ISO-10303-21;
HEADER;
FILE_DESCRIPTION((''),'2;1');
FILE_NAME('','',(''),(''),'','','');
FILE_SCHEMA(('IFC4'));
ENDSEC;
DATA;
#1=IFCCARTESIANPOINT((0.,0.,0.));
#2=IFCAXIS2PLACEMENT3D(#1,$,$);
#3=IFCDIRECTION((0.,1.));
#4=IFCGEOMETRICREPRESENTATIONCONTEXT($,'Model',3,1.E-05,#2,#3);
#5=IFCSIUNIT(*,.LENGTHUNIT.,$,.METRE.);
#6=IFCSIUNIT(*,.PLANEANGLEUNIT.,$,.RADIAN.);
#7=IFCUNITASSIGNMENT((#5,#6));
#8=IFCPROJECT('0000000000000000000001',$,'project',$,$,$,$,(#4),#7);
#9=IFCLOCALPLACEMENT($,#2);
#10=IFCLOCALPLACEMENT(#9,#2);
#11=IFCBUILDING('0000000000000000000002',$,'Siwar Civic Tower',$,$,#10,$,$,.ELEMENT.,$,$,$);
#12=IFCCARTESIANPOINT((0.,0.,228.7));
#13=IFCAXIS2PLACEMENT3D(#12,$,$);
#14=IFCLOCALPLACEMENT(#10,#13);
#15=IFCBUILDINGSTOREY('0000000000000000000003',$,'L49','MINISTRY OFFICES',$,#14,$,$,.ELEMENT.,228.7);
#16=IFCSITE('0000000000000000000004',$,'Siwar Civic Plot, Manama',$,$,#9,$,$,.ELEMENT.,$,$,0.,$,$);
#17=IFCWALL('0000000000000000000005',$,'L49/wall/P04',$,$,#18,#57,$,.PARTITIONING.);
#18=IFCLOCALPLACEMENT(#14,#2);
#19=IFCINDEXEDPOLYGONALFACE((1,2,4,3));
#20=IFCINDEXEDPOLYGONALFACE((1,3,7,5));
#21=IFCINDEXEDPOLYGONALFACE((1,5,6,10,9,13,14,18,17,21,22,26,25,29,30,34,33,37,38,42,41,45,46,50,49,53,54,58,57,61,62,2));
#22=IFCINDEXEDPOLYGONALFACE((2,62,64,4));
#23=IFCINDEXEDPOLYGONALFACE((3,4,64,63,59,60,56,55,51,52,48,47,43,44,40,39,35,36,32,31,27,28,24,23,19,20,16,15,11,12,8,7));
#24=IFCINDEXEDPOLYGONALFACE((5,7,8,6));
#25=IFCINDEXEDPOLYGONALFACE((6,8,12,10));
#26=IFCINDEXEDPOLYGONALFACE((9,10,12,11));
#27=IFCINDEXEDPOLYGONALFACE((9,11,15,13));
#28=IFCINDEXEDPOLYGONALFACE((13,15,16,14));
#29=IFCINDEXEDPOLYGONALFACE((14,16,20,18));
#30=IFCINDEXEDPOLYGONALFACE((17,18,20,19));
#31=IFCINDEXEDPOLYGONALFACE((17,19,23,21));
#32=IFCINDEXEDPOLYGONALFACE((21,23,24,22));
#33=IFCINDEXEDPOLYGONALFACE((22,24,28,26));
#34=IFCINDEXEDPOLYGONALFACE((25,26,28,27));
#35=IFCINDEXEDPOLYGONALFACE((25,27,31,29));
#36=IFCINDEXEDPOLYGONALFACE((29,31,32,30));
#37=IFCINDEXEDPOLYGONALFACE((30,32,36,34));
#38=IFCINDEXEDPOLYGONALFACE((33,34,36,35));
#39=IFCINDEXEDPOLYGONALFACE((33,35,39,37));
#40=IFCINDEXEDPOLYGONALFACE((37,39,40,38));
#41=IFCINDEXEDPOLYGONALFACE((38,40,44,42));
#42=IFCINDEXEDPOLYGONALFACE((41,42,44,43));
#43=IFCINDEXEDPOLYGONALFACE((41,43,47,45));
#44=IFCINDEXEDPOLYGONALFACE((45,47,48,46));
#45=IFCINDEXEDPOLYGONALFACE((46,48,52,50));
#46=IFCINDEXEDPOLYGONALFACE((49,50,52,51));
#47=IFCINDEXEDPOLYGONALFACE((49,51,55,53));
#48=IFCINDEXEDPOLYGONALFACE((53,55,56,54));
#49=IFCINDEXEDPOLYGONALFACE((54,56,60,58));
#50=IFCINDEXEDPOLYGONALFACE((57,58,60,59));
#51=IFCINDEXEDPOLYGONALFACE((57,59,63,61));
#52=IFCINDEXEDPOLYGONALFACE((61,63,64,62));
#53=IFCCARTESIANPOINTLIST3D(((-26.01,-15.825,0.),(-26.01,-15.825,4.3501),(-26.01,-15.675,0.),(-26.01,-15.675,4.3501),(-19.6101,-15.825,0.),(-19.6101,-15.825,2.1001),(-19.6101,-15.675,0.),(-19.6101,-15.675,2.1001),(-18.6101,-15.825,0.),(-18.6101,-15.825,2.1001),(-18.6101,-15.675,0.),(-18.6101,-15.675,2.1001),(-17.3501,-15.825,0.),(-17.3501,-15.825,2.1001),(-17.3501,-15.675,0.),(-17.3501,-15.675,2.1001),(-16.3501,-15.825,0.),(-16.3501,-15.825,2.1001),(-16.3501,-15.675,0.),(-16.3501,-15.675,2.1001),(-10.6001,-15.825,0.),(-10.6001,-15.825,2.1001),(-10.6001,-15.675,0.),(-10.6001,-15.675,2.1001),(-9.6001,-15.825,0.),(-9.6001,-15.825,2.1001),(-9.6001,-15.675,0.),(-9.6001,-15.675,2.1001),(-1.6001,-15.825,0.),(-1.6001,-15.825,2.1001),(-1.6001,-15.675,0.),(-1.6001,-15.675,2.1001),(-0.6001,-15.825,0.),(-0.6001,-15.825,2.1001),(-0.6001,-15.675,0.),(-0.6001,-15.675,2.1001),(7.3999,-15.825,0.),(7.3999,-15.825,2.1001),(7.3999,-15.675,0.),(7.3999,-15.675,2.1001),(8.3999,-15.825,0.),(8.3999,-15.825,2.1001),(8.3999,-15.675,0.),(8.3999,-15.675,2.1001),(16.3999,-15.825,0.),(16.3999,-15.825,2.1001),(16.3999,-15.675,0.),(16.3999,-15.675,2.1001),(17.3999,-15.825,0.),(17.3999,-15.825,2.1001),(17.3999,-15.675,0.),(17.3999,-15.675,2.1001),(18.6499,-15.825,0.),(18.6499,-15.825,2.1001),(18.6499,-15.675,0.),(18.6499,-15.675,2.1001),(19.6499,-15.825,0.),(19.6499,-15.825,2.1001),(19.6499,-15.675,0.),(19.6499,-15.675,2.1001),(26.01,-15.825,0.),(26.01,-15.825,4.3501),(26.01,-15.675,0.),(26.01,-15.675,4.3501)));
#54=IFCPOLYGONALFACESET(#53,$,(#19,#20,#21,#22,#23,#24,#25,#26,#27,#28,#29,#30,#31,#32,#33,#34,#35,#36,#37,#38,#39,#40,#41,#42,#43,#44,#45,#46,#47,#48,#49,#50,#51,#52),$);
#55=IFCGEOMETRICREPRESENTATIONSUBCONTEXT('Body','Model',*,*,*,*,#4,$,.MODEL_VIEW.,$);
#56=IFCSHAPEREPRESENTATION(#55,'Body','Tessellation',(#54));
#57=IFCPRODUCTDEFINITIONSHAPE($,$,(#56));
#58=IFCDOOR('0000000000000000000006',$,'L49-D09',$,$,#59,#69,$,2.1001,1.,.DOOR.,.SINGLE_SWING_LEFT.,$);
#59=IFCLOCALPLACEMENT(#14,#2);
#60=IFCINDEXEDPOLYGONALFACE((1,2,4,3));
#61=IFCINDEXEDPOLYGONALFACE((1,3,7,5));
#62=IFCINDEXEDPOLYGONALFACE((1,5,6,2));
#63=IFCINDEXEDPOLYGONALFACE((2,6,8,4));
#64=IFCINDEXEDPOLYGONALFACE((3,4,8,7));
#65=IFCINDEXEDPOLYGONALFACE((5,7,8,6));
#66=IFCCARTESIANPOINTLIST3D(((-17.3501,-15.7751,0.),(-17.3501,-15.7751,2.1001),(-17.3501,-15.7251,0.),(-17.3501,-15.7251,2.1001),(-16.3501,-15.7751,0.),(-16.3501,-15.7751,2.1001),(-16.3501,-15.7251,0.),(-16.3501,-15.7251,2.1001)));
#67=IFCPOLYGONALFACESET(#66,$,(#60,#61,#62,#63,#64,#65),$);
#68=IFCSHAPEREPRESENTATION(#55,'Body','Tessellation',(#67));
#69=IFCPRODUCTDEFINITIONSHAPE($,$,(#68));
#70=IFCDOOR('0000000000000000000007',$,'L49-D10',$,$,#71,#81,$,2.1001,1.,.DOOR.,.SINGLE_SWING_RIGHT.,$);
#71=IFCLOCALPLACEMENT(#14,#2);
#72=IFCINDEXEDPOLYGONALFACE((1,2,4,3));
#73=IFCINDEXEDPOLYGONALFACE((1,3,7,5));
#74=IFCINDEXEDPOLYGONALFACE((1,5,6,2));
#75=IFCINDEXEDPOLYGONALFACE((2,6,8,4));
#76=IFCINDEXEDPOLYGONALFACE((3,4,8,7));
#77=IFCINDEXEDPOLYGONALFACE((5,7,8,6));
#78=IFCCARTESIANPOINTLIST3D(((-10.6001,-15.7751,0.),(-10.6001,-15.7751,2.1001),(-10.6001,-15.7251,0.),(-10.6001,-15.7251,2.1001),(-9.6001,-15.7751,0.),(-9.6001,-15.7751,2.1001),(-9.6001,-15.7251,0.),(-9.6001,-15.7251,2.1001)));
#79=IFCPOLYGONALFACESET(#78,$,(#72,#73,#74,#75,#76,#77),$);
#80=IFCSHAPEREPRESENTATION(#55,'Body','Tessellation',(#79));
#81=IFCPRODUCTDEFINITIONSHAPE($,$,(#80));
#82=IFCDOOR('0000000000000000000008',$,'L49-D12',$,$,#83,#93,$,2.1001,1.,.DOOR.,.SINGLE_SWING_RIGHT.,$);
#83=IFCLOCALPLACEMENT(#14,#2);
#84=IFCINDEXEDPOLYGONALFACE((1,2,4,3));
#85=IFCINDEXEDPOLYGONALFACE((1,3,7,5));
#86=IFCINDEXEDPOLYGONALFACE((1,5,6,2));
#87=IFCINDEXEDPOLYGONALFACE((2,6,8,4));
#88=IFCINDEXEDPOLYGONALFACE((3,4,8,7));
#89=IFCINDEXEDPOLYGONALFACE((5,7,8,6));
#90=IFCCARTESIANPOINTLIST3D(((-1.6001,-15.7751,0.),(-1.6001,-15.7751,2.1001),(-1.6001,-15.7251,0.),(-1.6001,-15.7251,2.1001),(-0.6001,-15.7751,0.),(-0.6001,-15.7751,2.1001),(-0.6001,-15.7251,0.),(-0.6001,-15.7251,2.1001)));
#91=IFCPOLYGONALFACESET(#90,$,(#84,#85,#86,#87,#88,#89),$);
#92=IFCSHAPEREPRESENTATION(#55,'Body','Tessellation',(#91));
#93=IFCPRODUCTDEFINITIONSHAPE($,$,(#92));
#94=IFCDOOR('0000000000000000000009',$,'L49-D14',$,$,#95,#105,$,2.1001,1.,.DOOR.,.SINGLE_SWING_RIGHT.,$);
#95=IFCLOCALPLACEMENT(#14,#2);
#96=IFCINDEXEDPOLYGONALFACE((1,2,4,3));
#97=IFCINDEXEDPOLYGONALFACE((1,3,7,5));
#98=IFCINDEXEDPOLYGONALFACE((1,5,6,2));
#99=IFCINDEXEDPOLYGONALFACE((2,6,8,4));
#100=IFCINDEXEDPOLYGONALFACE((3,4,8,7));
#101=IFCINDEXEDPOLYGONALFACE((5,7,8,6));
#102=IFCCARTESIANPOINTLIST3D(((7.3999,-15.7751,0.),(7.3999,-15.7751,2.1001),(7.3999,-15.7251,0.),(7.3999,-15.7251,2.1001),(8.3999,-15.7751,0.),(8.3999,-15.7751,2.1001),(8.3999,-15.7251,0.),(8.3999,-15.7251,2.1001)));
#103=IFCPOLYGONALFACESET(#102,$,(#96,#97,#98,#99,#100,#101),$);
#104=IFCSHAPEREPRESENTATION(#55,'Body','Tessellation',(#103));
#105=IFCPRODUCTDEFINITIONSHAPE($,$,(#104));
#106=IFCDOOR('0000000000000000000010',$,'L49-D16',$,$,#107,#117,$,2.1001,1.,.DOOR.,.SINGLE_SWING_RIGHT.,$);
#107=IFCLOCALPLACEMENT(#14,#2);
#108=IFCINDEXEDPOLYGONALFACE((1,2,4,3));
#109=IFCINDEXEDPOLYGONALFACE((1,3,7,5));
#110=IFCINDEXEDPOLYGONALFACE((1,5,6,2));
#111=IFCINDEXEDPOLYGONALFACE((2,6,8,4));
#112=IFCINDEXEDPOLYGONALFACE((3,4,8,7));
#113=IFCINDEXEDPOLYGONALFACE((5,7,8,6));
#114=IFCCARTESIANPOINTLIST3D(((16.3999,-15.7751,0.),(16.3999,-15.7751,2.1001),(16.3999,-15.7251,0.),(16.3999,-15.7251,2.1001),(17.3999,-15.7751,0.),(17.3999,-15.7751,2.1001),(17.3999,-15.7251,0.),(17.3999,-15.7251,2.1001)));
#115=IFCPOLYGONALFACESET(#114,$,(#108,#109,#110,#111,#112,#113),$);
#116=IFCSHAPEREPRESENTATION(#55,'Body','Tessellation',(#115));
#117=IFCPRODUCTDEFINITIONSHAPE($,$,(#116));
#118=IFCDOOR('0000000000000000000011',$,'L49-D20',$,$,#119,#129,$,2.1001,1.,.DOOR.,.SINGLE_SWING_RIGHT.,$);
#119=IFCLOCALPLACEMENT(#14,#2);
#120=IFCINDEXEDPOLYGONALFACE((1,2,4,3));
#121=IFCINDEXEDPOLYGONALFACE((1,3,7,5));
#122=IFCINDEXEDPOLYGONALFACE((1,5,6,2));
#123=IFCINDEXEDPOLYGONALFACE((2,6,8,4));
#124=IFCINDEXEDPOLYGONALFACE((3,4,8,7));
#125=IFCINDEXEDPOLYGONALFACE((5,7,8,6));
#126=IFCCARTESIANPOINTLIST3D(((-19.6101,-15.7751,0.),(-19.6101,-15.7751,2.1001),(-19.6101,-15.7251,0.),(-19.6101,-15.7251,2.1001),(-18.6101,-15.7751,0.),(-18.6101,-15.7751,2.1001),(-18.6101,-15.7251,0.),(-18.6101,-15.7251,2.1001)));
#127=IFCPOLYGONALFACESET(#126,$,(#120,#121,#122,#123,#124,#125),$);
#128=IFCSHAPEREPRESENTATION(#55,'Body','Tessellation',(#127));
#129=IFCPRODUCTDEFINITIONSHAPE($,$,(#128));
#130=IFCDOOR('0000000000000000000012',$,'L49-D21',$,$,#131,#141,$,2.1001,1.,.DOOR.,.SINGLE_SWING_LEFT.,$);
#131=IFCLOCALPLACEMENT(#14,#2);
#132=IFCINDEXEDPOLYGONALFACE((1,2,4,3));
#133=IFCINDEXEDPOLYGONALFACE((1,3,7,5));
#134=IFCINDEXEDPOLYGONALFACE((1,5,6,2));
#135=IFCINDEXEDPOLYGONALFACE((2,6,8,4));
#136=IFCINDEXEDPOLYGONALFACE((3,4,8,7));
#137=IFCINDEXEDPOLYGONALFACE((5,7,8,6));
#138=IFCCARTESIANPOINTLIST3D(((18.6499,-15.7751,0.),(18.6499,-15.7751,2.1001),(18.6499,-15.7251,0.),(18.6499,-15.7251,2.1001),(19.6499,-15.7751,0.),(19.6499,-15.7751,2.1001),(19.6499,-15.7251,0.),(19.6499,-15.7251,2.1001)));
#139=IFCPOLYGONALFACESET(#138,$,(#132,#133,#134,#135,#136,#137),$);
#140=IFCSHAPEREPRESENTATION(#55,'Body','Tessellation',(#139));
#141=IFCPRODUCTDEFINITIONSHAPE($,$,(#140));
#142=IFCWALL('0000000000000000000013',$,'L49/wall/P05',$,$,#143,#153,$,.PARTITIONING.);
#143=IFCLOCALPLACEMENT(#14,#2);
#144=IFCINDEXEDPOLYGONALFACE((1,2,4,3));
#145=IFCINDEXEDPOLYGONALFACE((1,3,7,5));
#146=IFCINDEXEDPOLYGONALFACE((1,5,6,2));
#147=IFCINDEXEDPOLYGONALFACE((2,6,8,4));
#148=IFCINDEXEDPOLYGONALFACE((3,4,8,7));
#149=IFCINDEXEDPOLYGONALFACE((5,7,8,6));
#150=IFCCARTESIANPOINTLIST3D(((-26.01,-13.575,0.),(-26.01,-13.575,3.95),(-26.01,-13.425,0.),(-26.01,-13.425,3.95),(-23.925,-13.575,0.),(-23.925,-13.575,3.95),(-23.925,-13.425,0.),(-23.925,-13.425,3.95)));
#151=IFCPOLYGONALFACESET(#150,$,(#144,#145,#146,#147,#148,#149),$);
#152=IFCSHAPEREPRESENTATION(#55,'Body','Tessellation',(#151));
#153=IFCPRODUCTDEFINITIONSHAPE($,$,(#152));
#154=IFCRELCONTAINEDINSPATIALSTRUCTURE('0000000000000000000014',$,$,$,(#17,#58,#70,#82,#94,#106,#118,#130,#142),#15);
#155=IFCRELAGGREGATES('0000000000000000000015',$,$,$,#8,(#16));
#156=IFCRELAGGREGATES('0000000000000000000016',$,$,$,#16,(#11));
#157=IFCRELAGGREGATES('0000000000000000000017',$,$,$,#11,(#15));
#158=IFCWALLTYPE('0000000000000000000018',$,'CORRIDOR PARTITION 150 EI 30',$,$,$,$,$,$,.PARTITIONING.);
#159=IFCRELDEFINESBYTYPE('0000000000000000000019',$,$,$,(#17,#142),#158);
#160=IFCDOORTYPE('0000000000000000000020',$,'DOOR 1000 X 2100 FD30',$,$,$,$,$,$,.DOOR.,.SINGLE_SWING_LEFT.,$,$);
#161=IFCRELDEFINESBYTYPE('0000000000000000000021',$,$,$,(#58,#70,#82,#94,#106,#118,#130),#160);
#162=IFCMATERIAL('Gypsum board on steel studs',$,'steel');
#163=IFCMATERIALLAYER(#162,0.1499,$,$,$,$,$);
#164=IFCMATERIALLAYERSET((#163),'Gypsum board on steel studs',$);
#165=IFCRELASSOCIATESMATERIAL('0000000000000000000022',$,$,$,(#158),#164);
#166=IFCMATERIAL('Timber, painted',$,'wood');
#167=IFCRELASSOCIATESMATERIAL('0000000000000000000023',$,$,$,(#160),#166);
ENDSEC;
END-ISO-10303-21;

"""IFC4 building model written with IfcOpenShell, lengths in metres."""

from ifc_helpers import new_model, si_unit, direction, frame, frame_2d, origin, place, context, subcontext, project, spatial, rectangle, extrude, material, layer, layer_set, type_object, element, fill, save


model = new_model("IFC4")

# Units and contexts
model_context = context("Model", 3, precision=1e-05, world=origin(), true_north=direction((0.0, 1.0)))
body_context = subcontext(model_context, "Body", "Model", "MODEL_VIEW")
ifc_project = project(units=[si_unit("LENGTHUNIT", "METRE"), si_unit("PLANEANGLEUNIT", "RADIAN")], contexts=[model_context])

# Site, building, storey
site_placement = place(None, origin())
site = spatial("IfcSite", under=ifc_project, at=site_placement, Name="Siwar Civic Plot, Manama", CompositionType="ELEMENT", RefElevation=0.0)
building_placement = place(site_placement, origin())
building = spatial("IfcBuilding", under=site, at=building_placement, Name="Siwar Civic Tower", CompositionType="ELEMENT")
storey_placement = place(building_placement, frame((0.0, 0.0, 228.7)))
storey = spatial("IfcBuildingStorey", under=building, at=storey_placement, Name="L49", Description="MINISTRY OFFICES", CompositionType="ELEMENT", Elevation=228.7)

# Wall, openings, doors
ifc_material_1 = material(Name="Gypsum board on steel studs", Category="steel")
ifc_layer_1 = layer(ifc_material_1, 0.1499)
ifc_layer_set_1 = layer_set([ifc_layer_1], Name="Gypsum board on steel studs")
wall_type_1 = type_object("IfcWallType", Name="CORRIDOR PARTITION 150 EI 30", PredefinedType="PARTITIONING", material=ifc_layer_set_1)
wall_1_placement = place(storey_placement, frame((-26.01, -15.75, 0.0), z_axis=(0.0, 0.0, 1.0), x_axis=(1.0, 0.0, 0.0)))
wall_1 = element("IfcWall", 1, at=wall_1_placement, inside=storey, type_object=wall_type_1, Name="L49/wall/P04", PredefinedType="PARTITIONING", context=body_context, shape_type="SweptSolid", body=[
    extrude(rectangle(XDim=52.02, YDim=0.1499, at=frame_2d((26.01, 0.0))), origin(), (0.0, 0.0, 1.0), 4.3501),
])
opening_1_placement = place(wall_1_placement, frame((8.6599, 0.0, 0.0)))
opening_1 = element("IfcOpeningElement", 2, at=opening_1_placement, cuts=wall_1, PredefinedType="OPENING", context=body_context, shape_type="SweptSolid", body=[
    extrude(rectangle(XDim=1.0, YDim=2.1001, at=frame_2d((0.5, 1.05))), frame((0.0, 0.085, 0.0), z_axis=(0.0, -1.0, 0.0), x_axis=(1.0, 0.0, 0.0)), (0.0, 0.0, 1.0), 0.1699),
])
opening_2_placement = place(wall_1_placement, frame((15.4099, 0.0, 0.0)))
opening_2 = element("IfcOpeningElement", 3, at=opening_2_placement, cuts=wall_1, PredefinedType="OPENING", context=body_context, shape_type="SweptSolid", body=[
    extrude(rectangle(XDim=1.0, YDim=2.1001, at=frame_2d((0.5, 1.05))), frame((0.0, 0.085, 0.0), z_axis=(0.0, -1.0, 0.0), x_axis=(1.0, 0.0, 0.0)), (0.0, 0.0, 1.0), 0.1699),
])
opening_3_placement = place(wall_1_placement, frame((24.4099, 0.0, 0.0)))
opening_3 = element("IfcOpeningElement", 4, at=opening_3_placement, cuts=wall_1, PredefinedType="OPENING", context=body_context, shape_type="SweptSolid", body=[
    extrude(rectangle(XDim=1.0, YDim=2.1001, at=frame_2d((0.5, 1.05))), frame((0.0, 0.085, 0.0), z_axis=(0.0, -1.0, 0.0), x_axis=(1.0, 0.0, 0.0)), (0.0, 0.0, 1.0), 0.1699),
])
opening_4_placement = place(wall_1_placement, frame((33.4099, 0.0, 0.0)))
opening_4 = element("IfcOpeningElement", 5, at=opening_4_placement, cuts=wall_1, PredefinedType="OPENING", context=body_context, shape_type="SweptSolid", body=[
    extrude(rectangle(XDim=1.0, YDim=2.1001, at=frame_2d((0.5, 1.05))), frame((0.0, 0.085, 0.0), z_axis=(0.0, -1.0, 0.0), x_axis=(1.0, 0.0, 0.0)), (0.0, 0.0, 1.0), 0.1699),
])
opening_5_placement = place(wall_1_placement, frame((42.4099, 0.0, 0.0)))
opening_5 = element("IfcOpeningElement", 6, at=opening_5_placement, cuts=wall_1, PredefinedType="OPENING", context=body_context, shape_type="SweptSolid", body=[
    extrude(rectangle(XDim=1.0, YDim=2.1001, at=frame_2d((0.5, 1.05))), frame((0.0, 0.085, 0.0), z_axis=(0.0, -1.0, 0.0), x_axis=(1.0, 0.0, 0.0)), (0.0, 0.0, 1.0), 0.1699),
])
opening_6_placement = place(wall_1_placement, frame((6.3999, 0.0, 0.0)))
opening_6 = element("IfcOpeningElement", 7, at=opening_6_placement, cuts=wall_1, PredefinedType="OPENING", context=body_context, shape_type="SweptSolid", body=[
    extrude(rectangle(XDim=1.0, YDim=2.1001, at=frame_2d((0.5, 1.05))), frame((0.0, 0.085, 0.0), z_axis=(0.0, -1.0, 0.0), x_axis=(1.0, 0.0, 0.0)), (0.0, 0.0, 1.0), 0.1699),
])
opening_7_placement = place(wall_1_placement, frame((44.6599, 0.0, 0.0)))
opening_7 = element("IfcOpeningElement", 8, at=opening_7_placement, cuts=wall_1, PredefinedType="OPENING", context=body_context, shape_type="SweptSolid", body=[
    extrude(rectangle(XDim=1.0, YDim=2.1001, at=frame_2d((0.5, 1.05))), frame((0.0, 0.085, 0.0), z_axis=(0.0, -1.0, 0.0), x_axis=(1.0, 0.0, 0.0)), (0.0, 0.0, 1.0), 0.1699),
])
ifc_material_2 = material(Name="Timber, painted", Category="wood")
door_type_1 = type_object("IfcDoorType", Name="DOOR 1000 X 2100 FD30", OperationType="SINGLE_SWING_LEFT", PredefinedType="DOOR", material=ifc_material_2)
door_1_placement = place(opening_1_placement, origin())
door_1 = element("IfcDoor", 9, at=door_1_placement, inside=storey, type_object=door_type_1, Name="L49-D09", OperationType="SINGLE_SWING_LEFT", OverallHeight=2.1001, OverallWidth=1.0, PredefinedType="DOOR", context=body_context, shape_type="SweptSolid", body=[
    extrude(rectangle(XDim=1.0, YDim=2.1001, at=frame_2d((0.5, 1.05))), frame((0.0, 0.0249, 0.0), z_axis=(0.0, -1.0, 0.0), x_axis=(1.0, 0.0, 0.0)), (0.0, 0.0, 1.0), 0.05),
])
fill(opening_1, door_1)
door_2_placement = place(opening_2_placement, origin())
door_2 = element("IfcDoor", 10, at=door_2_placement, inside=storey, type_object=door_type_1, Name="L49-D10", OperationType="SINGLE_SWING_RIGHT", OverallHeight=2.1001, OverallWidth=1.0, PredefinedType="DOOR", context=body_context, shape_type="SweptSolid", body=[
    extrude(rectangle(XDim=1.0, YDim=2.1001, at=frame_2d((0.5, 1.05))), frame((0.0, 0.0249, 0.0), z_axis=(0.0, -1.0, 0.0), x_axis=(1.0, 0.0, 0.0)), (0.0, 0.0, 1.0), 0.05),
])
fill(opening_2, door_2)
door_3_placement = place(opening_3_placement, origin())
door_3 = element("IfcDoor", 11, at=door_3_placement, inside=storey, type_object=door_type_1, Name="L49-D12", OperationType="SINGLE_SWING_RIGHT", OverallHeight=2.1001, OverallWidth=1.0, PredefinedType="DOOR", context=body_context, shape_type="SweptSolid", body=[
    extrude(rectangle(XDim=1.0, YDim=2.1001, at=frame_2d((0.5, 1.05))), frame((0.0, 0.0249, 0.0), z_axis=(0.0, -1.0, 0.0), x_axis=(1.0, 0.0, 0.0)), (0.0, 0.0, 1.0), 0.05),
])
fill(opening_3, door_3)
door_4_placement = place(opening_4_placement, origin())
door_4 = element("IfcDoor", 12, at=door_4_placement, inside=storey, type_object=door_type_1, Name="L49-D14", OperationType="SINGLE_SWING_RIGHT", OverallHeight=2.1001, OverallWidth=1.0, PredefinedType="DOOR", context=body_context, shape_type="SweptSolid", body=[
    extrude(rectangle(XDim=1.0, YDim=2.1001, at=frame_2d((0.5, 1.05))), frame((0.0, 0.0249, 0.0), z_axis=(0.0, -1.0, 0.0), x_axis=(1.0, 0.0, 0.0)), (0.0, 0.0, 1.0), 0.05),
])
fill(opening_4, door_4)
door_5_placement = place(opening_5_placement, origin())
door_5 = element("IfcDoor", 13, at=door_5_placement, inside=storey, type_object=door_type_1, Name="L49-D16", OperationType="SINGLE_SWING_RIGHT", OverallHeight=2.1001, OverallWidth=1.0, PredefinedType="DOOR", context=body_context, shape_type="SweptSolid", body=[
    extrude(rectangle(XDim=1.0, YDim=2.1001, at=frame_2d((0.5, 1.05))), frame((0.0, 0.0249, 0.0), z_axis=(0.0, -1.0, 0.0), x_axis=(1.0, 0.0, 0.0)), (0.0, 0.0, 1.0), 0.05),
])
fill(opening_5, door_5)
door_6_placement = place(opening_6_placement, origin())
door_6 = element("IfcDoor", 14, at=door_6_placement, inside=storey, type_object=door_type_1, Name="L49-D20", OperationType="SINGLE_SWING_RIGHT", OverallHeight=2.1001, OverallWidth=1.0, PredefinedType="DOOR", context=body_context, shape_type="SweptSolid", body=[
    extrude(rectangle(XDim=1.0, YDim=2.1001, at=frame_2d((0.5, 1.05))), frame((0.0, 0.0249, 0.0), z_axis=(0.0, -1.0, 0.0), x_axis=(1.0, 0.0, 0.0)), (0.0, 0.0, 1.0), 0.05),
])
fill(opening_6, door_6)
door_7_placement = place(opening_7_placement, origin())
door_7 = element("IfcDoor", 15, at=door_7_placement, inside=storey, type_object=door_type_1, Name="L49-D21", OperationType="SINGLE_SWING_LEFT", OverallHeight=2.1001, OverallWidth=1.0, PredefinedType="DOOR", context=body_context, shape_type="SweptSolid", body=[
    extrude(rectangle(XDim=1.0, YDim=2.1001, at=frame_2d((0.5, 1.05))), frame((0.0, 0.0249, 0.0), z_axis=(0.0, -1.0, 0.0), x_axis=(1.0, 0.0, 0.0)), (0.0, 0.0, 1.0), 0.05),
])
fill(opening_7, door_7)

# Wall
wall_2_placement = place(storey_placement, frame((-26.01, -13.5, 0.0), z_axis=(0.0, 0.0, 1.0), x_axis=(1.0, 0.0, 0.0)))
element("IfcWall", 16, at=wall_2_placement, inside=storey, type_object=wall_type_1, Name="L49/wall/P05", PredefinedType="PARTITIONING", context=body_context, shape_type="SweptSolid", body=[
    extrude(rectangle(XDim=2.085, YDim=0.1499, at=frame_2d((1.0425, 0.0))), origin(), (0.0, 0.0, 1.0), 3.95),
])

save(model, "model.ifc")
